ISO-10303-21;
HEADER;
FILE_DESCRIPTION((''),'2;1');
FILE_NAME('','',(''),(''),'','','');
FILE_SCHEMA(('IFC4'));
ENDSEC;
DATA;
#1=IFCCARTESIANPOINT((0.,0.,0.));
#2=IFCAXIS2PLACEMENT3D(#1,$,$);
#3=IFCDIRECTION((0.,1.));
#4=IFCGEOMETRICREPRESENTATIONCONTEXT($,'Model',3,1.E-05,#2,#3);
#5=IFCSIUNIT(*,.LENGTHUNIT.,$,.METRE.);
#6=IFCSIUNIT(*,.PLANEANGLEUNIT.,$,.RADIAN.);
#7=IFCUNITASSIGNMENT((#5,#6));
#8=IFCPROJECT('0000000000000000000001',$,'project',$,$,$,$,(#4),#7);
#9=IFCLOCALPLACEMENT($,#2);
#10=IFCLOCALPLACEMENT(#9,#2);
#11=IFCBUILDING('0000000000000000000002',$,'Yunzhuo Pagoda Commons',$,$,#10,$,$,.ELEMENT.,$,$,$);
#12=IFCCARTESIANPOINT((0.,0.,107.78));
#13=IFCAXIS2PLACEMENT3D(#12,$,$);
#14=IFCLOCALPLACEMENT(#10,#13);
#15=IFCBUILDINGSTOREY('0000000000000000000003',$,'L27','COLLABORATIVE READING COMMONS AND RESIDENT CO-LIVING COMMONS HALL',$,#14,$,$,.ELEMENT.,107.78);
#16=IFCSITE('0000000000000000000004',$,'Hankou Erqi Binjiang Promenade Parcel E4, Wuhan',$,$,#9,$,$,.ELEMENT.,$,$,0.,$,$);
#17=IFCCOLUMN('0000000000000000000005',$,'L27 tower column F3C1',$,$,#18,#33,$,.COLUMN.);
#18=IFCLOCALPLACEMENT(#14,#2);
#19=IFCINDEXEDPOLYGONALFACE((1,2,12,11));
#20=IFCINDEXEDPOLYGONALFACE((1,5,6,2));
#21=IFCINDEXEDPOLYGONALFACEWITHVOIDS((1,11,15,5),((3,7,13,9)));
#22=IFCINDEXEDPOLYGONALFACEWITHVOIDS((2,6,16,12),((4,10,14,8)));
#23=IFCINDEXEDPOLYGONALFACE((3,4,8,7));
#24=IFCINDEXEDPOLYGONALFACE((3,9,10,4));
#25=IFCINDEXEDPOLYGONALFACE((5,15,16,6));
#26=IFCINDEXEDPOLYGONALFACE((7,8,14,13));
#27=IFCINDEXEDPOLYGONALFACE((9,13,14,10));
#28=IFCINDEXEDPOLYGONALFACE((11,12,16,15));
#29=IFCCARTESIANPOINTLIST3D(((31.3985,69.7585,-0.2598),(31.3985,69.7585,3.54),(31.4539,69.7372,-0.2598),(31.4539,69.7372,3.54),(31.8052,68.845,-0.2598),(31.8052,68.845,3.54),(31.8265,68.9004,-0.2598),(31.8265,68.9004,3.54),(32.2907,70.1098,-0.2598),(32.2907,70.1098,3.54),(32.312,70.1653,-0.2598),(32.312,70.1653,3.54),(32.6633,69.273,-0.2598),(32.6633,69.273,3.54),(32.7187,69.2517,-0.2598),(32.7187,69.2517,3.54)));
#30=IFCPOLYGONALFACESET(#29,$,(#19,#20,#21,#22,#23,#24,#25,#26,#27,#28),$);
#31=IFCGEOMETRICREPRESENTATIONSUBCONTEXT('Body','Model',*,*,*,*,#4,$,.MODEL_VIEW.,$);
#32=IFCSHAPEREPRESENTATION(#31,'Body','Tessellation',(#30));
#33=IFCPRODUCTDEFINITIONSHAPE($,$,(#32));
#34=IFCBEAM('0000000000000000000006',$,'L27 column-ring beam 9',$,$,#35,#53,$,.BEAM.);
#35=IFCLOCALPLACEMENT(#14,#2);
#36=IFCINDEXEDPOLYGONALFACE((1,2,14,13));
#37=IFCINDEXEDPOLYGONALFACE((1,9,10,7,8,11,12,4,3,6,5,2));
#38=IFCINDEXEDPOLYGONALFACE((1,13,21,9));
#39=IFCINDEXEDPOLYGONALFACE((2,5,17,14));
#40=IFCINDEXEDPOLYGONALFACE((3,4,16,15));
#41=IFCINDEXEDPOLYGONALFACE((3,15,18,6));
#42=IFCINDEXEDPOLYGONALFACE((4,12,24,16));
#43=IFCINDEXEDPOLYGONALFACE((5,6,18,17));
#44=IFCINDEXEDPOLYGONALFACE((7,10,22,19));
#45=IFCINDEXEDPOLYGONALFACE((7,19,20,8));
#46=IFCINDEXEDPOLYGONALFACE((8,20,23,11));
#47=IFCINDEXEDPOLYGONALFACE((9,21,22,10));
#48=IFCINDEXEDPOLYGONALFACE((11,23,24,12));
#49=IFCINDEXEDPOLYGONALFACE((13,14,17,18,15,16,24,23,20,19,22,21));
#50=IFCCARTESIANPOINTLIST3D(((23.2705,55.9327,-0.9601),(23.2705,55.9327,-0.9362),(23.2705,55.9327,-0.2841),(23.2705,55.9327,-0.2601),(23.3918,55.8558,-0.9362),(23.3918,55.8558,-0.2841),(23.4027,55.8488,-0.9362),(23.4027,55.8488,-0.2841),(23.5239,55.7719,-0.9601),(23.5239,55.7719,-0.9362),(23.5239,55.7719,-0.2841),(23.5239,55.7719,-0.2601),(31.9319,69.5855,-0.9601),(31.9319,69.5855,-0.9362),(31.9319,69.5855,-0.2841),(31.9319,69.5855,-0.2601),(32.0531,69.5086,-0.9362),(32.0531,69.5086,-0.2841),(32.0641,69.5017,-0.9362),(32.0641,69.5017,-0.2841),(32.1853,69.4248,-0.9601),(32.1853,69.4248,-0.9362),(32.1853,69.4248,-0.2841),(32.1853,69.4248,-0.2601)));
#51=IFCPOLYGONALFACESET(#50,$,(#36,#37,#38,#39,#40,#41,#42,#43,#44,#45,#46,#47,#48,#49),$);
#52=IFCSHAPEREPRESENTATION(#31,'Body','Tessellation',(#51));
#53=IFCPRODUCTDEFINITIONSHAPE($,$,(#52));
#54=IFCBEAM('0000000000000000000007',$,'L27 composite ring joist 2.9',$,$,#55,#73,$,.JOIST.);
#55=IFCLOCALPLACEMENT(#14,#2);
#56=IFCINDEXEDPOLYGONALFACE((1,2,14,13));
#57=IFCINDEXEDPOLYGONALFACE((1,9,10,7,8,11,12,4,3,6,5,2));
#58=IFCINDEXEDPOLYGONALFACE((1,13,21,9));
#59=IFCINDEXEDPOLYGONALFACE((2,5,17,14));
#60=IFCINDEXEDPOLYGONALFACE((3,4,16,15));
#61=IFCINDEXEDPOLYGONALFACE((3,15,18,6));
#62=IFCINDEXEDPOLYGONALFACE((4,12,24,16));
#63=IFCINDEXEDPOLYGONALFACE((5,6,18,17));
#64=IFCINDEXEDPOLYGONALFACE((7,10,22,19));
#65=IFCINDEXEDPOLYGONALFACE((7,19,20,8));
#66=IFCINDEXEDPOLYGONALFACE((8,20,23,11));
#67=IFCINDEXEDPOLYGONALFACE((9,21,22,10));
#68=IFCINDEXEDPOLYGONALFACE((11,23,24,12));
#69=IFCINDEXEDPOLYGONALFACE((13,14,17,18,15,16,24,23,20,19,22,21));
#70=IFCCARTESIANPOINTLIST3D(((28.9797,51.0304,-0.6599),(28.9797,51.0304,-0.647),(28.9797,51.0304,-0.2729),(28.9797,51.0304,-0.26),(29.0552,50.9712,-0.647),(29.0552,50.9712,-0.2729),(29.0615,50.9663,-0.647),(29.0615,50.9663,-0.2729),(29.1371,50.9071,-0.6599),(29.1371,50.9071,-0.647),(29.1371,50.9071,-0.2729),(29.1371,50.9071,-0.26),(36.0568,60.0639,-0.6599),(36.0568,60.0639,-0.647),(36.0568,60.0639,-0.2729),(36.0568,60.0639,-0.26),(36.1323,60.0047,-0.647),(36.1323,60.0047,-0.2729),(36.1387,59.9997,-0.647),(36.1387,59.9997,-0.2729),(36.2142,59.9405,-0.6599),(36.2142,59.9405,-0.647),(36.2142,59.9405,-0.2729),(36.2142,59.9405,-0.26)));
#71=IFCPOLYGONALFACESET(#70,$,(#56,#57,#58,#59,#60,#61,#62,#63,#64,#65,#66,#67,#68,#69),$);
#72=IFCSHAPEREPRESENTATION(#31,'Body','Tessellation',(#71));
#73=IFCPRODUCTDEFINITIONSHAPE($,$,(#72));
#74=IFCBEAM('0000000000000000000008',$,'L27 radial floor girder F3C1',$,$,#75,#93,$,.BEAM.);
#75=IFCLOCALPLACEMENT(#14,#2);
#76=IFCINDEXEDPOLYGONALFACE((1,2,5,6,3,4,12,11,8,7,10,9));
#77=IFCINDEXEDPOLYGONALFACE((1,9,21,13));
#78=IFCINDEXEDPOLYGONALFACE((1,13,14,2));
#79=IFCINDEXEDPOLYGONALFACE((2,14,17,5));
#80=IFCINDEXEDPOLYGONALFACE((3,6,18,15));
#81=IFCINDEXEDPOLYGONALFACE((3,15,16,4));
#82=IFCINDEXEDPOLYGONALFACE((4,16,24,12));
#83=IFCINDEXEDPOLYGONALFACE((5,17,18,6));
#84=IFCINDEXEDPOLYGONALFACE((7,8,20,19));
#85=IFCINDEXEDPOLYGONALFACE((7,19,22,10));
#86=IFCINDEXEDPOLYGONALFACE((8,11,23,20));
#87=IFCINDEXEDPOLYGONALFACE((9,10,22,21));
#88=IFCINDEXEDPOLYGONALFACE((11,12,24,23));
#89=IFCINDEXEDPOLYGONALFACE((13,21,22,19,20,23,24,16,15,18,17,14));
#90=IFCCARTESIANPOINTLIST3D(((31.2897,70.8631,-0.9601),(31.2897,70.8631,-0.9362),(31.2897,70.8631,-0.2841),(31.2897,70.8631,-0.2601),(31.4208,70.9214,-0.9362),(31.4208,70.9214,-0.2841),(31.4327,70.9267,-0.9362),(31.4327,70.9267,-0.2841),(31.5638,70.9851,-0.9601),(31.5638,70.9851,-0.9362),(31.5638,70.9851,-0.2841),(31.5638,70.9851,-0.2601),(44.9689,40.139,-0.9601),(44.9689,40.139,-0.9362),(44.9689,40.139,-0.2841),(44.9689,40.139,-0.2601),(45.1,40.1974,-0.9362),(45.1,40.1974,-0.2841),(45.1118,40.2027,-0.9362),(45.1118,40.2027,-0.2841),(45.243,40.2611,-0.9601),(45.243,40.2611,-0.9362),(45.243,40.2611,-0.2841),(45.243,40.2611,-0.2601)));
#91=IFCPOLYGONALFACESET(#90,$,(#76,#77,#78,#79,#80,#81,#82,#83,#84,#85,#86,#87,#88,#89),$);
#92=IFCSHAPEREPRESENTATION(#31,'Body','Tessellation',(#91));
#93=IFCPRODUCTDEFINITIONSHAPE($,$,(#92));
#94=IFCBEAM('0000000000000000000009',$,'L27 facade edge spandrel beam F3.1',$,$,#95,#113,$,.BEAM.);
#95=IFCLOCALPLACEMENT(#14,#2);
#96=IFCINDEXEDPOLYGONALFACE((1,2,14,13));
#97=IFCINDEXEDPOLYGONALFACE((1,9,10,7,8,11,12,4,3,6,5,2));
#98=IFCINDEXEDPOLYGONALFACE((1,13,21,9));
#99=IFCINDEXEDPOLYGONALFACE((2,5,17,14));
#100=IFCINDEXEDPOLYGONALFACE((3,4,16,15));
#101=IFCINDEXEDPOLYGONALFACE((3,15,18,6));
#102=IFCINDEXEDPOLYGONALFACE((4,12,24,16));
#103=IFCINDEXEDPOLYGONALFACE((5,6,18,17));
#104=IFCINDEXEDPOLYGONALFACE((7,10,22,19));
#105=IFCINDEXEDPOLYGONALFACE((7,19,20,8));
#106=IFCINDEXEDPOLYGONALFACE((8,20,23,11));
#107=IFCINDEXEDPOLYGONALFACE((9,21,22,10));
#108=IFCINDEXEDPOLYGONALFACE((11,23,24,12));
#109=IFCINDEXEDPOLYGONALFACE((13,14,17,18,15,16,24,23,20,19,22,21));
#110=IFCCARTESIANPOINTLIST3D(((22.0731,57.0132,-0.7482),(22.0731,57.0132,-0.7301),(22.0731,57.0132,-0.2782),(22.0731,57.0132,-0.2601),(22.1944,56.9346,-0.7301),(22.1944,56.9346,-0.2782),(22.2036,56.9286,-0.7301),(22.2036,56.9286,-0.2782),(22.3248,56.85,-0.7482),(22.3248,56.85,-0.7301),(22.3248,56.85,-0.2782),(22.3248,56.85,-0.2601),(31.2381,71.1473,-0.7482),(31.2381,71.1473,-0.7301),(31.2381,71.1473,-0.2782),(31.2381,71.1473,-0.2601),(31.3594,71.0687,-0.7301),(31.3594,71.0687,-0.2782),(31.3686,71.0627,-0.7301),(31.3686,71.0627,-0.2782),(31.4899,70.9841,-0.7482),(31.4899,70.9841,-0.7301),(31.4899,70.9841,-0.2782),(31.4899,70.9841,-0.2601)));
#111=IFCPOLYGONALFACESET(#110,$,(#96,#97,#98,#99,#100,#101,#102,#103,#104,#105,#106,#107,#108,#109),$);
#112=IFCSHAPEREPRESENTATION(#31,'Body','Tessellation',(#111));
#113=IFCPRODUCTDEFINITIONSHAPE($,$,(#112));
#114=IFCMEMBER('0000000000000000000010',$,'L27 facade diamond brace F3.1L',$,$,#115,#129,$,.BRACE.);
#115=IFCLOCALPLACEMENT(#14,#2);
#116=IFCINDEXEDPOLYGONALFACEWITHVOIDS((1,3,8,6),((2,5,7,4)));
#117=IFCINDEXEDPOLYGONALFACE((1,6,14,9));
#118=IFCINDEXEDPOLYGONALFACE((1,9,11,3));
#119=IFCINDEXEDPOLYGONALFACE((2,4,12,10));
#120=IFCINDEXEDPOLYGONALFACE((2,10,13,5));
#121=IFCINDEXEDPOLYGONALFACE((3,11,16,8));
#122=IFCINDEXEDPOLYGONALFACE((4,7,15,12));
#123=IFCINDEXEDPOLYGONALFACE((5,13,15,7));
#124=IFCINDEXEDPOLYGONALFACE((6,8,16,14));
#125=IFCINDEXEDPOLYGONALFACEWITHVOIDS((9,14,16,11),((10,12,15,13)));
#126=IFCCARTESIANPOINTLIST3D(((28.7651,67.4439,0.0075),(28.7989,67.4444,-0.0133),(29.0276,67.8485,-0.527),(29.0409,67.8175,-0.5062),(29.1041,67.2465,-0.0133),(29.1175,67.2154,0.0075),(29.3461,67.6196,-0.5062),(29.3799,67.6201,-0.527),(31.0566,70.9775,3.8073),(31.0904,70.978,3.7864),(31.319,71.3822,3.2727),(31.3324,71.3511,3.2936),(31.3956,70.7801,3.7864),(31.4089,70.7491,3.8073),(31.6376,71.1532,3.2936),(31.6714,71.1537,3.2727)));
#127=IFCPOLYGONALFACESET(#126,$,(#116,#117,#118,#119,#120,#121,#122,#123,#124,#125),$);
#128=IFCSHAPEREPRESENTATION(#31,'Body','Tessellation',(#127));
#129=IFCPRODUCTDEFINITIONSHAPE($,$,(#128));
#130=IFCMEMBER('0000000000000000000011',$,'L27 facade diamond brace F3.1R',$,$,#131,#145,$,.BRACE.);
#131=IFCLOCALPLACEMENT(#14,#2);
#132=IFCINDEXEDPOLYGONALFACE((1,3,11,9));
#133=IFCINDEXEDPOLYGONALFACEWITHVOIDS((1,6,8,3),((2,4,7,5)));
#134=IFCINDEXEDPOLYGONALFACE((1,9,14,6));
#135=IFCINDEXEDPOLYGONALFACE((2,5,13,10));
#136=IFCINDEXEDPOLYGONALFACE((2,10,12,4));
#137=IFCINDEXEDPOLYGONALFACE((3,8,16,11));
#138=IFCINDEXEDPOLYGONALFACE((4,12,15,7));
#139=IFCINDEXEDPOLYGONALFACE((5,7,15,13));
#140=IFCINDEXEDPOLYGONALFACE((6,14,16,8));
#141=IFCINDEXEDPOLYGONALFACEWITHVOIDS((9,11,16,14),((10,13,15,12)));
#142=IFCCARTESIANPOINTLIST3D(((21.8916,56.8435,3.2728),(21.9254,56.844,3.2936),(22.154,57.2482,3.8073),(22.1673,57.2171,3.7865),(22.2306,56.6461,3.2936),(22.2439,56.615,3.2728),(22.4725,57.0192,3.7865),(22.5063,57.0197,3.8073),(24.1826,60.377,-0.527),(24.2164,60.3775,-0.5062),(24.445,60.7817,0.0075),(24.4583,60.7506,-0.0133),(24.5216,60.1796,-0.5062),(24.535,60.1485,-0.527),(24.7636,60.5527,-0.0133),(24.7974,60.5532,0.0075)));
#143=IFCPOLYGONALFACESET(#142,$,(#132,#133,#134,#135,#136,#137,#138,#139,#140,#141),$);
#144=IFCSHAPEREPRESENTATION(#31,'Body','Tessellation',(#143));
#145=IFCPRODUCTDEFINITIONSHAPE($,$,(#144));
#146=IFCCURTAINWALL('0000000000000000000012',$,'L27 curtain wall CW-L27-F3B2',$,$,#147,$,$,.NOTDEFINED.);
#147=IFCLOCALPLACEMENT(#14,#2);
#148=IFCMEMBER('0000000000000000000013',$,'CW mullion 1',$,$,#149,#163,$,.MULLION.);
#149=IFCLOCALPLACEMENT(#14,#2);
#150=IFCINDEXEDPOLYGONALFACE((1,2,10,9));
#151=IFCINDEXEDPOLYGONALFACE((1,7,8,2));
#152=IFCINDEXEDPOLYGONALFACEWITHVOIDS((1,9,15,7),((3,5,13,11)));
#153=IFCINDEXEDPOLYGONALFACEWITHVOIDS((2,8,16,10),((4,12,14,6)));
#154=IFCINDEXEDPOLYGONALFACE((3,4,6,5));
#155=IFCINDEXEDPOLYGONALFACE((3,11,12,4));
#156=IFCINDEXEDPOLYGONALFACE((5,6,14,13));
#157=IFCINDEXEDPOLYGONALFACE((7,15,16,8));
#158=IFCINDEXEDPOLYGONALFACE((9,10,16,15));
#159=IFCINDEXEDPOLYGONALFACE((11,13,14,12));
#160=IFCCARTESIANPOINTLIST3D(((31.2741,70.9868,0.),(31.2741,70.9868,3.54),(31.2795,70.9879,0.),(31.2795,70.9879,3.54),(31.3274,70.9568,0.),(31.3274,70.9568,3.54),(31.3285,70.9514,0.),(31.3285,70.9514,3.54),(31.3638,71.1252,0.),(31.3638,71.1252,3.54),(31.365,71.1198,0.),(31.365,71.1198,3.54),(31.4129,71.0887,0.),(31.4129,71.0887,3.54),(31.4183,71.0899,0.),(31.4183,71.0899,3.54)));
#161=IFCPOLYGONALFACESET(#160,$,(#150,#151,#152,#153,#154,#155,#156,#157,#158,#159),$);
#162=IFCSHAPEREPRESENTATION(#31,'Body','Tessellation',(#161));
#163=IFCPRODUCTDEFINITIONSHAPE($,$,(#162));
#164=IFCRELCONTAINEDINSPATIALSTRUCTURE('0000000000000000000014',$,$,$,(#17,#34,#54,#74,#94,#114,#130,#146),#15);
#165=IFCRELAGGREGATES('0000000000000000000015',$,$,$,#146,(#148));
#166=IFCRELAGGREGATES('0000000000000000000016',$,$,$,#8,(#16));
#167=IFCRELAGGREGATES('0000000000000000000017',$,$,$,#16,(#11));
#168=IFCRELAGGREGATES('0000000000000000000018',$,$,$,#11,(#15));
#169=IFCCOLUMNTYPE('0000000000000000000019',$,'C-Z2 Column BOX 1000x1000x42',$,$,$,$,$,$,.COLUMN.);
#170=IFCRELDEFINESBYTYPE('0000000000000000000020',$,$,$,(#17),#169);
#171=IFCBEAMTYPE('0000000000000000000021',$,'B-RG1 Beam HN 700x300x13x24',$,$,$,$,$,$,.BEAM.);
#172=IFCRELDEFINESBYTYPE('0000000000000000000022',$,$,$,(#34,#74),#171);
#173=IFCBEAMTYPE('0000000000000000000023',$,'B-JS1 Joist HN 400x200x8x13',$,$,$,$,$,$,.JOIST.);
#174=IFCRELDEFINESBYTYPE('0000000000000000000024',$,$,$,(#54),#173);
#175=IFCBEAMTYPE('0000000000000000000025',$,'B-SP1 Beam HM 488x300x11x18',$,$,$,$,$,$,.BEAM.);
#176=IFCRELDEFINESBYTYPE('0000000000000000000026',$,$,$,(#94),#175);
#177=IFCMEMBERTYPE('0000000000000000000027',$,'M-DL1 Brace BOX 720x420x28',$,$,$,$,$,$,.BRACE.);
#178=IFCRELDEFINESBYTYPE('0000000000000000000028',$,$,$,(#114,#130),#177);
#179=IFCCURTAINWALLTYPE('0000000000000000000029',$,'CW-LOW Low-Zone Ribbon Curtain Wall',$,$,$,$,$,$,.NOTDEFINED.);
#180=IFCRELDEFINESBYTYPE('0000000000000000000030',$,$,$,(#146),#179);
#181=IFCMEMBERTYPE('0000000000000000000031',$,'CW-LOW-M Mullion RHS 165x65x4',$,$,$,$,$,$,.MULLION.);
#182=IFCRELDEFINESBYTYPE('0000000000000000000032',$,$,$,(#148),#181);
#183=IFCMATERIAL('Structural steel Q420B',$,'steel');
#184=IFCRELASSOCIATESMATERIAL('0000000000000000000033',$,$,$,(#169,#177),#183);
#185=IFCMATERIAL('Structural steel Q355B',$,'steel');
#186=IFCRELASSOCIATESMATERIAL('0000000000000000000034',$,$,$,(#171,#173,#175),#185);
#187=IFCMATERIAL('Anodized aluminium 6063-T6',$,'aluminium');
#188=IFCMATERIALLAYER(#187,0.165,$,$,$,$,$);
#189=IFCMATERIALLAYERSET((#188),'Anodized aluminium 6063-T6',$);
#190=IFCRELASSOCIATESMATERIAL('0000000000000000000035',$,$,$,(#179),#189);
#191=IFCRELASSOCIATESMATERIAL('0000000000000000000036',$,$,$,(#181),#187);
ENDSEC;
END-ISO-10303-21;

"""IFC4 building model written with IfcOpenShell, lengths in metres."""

from ifc_helpers import new_model, si_unit, direction, frame, origin, origin_2d, place, context, subcontext, project, spatial, hollow_rectangle, i_section, extrude, source, transform, mapped, material, layer, layer_set, material_profile, profile_set, type_object, element, aggregate, save


model = new_model("IFC4")

# Units and contexts
model_context = context("Model", 3, precision=1e-05, world=origin(), true_north=direction((0.0, 1.0)))
body_context = subcontext(model_context, "Body", "Model", "MODEL_VIEW")
ifc_project = project(units=[si_unit("LENGTHUNIT", "METRE"), si_unit("PLANEANGLEUNIT", "RADIAN")], contexts=[model_context])

# Site, building, storey
site_placement = place(None, origin())
site = spatial("IfcSite", under=ifc_project, at=site_placement, Name="Hankou Erqi Binjiang Promenade Parcel E4, Wuhan", CompositionType="ELEMENT", RefElevation=0.0)
building_placement = place(site_placement, origin())
building = spatial("IfcBuilding", under=site, at=building_placement, Name="Yunzhuo Pagoda Commons", CompositionType="ELEMENT")
storey_placement = place(building_placement, frame((0.0, 0.0, 107.78)))
storey = spatial("IfcBuildingStorey", under=building, at=storey_placement, Name="L27", Description="COLLABORATIVE READING COMMONS AND RESIDENT CO-LIVING COMMONS HALL", CompositionType="ELEMENT", Elevation=107.78)

# Column
ifc_material_1 = material(Name="Structural steel Q420B", Category="steel")
ifc_material_profile_1 = material_profile(ifc_material_1, hollow_rectangle(XDim=1.0, YDim=1.0, WallThickness=0.042, at=origin_2d()), Name="Structural steel Q420B")
ifc_profile_set_1 = profile_set([ifc_material_profile_1], Name="Structural steel Q420B")
column_type = type_object("IfcColumnType", Name="C-Z2 Column BOX 1000x1000x42", PredefinedType="COLUMN", material=ifc_profile_set_1)
shared_shape_1 = source(origin(), body_context, "Body", "SweptSolid", [
    extrude(hollow_rectangle(XDim=1.0, YDim=1.0, WallThickness=0.042, at=origin_2d()), origin(), (0.0, 0.0, 1.0), 3.7998),
])
column_placement = place(storey_placement, frame((32.0586, 69.5051, -0.2598), z_axis=(0.0, 0.0, 1.0), x_axis=(-0.913545, -0.406737, 0.0)))
element("IfcColumn", 1, at=column_placement, inside=storey, type_object=column_type, Name="L27 tower column F3C1", PredefinedType="COLUMN", context=body_context, shape_type="MappedRepresentation", body=[
    mapped(shared_shape_1, transform((0.0, 0.0, 0.0), scale=1.0)),
])

# Beams
ifc_material_2 = material(Name="Structural steel Q355B", Category="steel")
ifc_material_profile_2 = material_profile(ifc_material_2, i_section(OverallWidth=0.3, OverallDepth=0.7, WebThickness=0.0129, FlangeThickness=0.0239, at=origin_2d()), Name="Structural steel Q355B")
ifc_profile_set_2 = profile_set([ifc_material_profile_2], Name="Structural steel Q355B")
beam_type_1 = type_object("IfcBeamType", Name="B-RG1 Beam HN 700x300x13x24", PredefinedType="BEAM", material=ifc_profile_set_2)
shared_shape_2 = source(origin(), body_context, "Body", "SweptSolid", [
    extrude(i_section(OverallWidth=0.3, OverallDepth=0.7, WebThickness=0.0129, FlangeThickness=0.0239, at=origin_2d()), origin(), (0.0, 0.0, 1.0), 16.1685),
])
beam_1_placement = place(storey_placement, frame((32.0586, 69.5051, -0.6101), z_axis=(-0.535696, -0.844411, 0.0), x_axis=(0.844411, -0.535696, 0.0)))
element("IfcBeam", 2, at=beam_1_placement, inside=storey, type_object=beam_type_1, Name="L27 column-ring beam 9", PredefinedType="BEAM", context=body_context, shape_type="MappedRepresentation", body=[
    mapped(shared_shape_2, transform((0.0, 0.0, 0.0), scale=1.0)),
])
ifc_material_profile_3 = material_profile(ifc_material_2, i_section(OverallWidth=0.2, OverallDepth=0.3999, WebThickness=0.0081, FlangeThickness=0.0129, at=origin_2d()), Name="Structural steel Q355B")
ifc_profile_set_3 = profile_set([ifc_material_profile_3], Name="Structural steel Q355B")
beam_type_2 = type_object("IfcBeamType", Name="B-JS1 Joist HN 400x200x8x13", PredefinedType="JOIST", material=ifc_profile_set_3)
shared_shape_3 = source(origin(), body_context, "Body", "SweptSolid", [
    extrude(i_section(OverallWidth=0.2, OverallDepth=0.3999, WebThickness=0.0081, FlangeThickness=0.0129, at=origin_2d()), origin(), (0.0, 0.0, 1.0), 11.4756),
])
beam_2_placement = place(storey_placement, frame((36.1355, 60.0022, -0.46), z_axis=(-0.616713, -0.787188, 0.0), x_axis=(0.787188, -0.616713, 0.0)))
element("IfcBeam", 3, at=beam_2_placement, inside=storey, type_object=beam_type_2, Name="L27 composite ring joist 2.9", PredefinedType="JOIST", context=body_context, shape_type="MappedRepresentation", body=[
    mapped(shared_shape_3, transform((0.0, 0.0, 0.0), scale=1.0)),
])
shared_shape_4 = source(origin(), body_context, "Body", "SweptSolid", [
    extrude(i_section(OverallWidth=0.3, OverallDepth=0.7, WebThickness=0.0129, FlangeThickness=0.0239, at=origin_2d()), origin(), (0.0, 0.0, 1.0), 33.6316),
])
beam_3_placement = place(storey_placement, frame((31.4268, 70.9241, -0.6101), z_axis=(0.406735, -0.913546, 0.0), x_axis=(0.913546, 0.406735, 0.0)))
element("IfcBeam", 4, at=beam_3_placement, inside=storey, type_object=beam_type_1, Name="L27 radial floor girder F3C1", PredefinedType="BEAM", context=body_context, shape_type="MappedRepresentation", body=[
    mapped(shared_shape_4, transform((0.0, 0.0, 0.0), scale=1.0)),
])
ifc_material_profile_4 = material_profile(ifc_material_2, i_section(OverallWidth=0.3, OverallDepth=0.488, WebThickness=0.011, FlangeThickness=0.0181, at=origin_2d()), Name="Structural steel Q355B")
ifc_profile_set_4 = profile_set([ifc_material_profile_4], Name="Structural steel Q355B")
beam_type_3 = type_object("IfcBeamType", Name="B-SP1 Beam HM 488x300x11x18", PredefinedType="BEAM", material=ifc_profile_set_4)
shared_shape_5 = source(origin(), body_context, "Body", "SweptSolid", [
    extrude(i_section(OverallWidth=0.3, OverallDepth=0.488, WebThickness=0.011, FlangeThickness=0.0181, at=origin_2d()), origin(), (0.0, 0.0, 1.0), 16.8455),
])
beam_4_placement = place(storey_placement, frame((31.364, 71.0657, -0.5042), z_axis=(-0.544066, -0.839042, 0.0), x_axis=(0.839042, -0.544066, 0.0)))
element("IfcBeam", 5, at=beam_4_placement, inside=storey, type_object=beam_type_3, Name="L27 facade edge spandrel beam F3.1", PredefinedType="BEAM", context=body_context, shape_type="MappedRepresentation", body=[
    mapped(shared_shape_5, transform((0.0, 0.0, 0.0), scale=1.0)),
])

# Members
ifc_material_profile_5 = material_profile(ifc_material_1, hollow_rectangle(XDim=0.4199, YDim=0.72, WallThickness=0.0281, at=origin_2d()), Name="Structural steel Q420B")
ifc_profile_set_5 = profile_set([ifc_material_profile_5], Name="Structural steel Q420B")
member_type_1 = type_object("IfcMemberType", Name="M-DL1 Brace BOX 720x420x28", PredefinedType="BRACE", material=ifc_profile_set_5)
shared_shape_6 = source(origin(), body_context, "Body", "SweptSolid", [
    extrude(hollow_rectangle(XDim=0.4199, YDim=0.72, WallThickness=0.0281, at=origin_2d()), origin(), (0.0, 0.0, 1.0), 5.6724),
])
member_1_placement = place(storey_placement, frame((29.0725, 67.532, -0.2598), z_axis=(0.403972, 0.622959, 0.669872), x_axis=(-0.839029, 0.544087, 0.0)))
element("IfcMember", 6, at=member_1_placement, inside=storey, type_object=member_type_1, Name="L27 facade diamond brace F3.1L", PredefinedType="BRACE", context=body_context, shape_type="MappedRepresentation", body=[
    mapped(shared_shape_6, transform((0.0, 0.0, 0.0), scale=1.0)),
])
shared_shape_7 = source(origin(), body_context, "Body", "SweptSolid", [
    extrude(hollow_rectangle(XDim=0.4199, YDim=0.72, WallThickness=0.0281, at=origin_2d()), origin(), (0.0, 0.0, 1.0), 5.6721),
])
member_2_placement = place(storey_placement, frame((24.49, 60.4651, -0.2598), z_axis=(-0.403911, -0.622954, 0.669914), x_axis=(0.839064, -0.544032, 0.0)))
element("IfcMember", 7, at=member_2_placement, inside=storey, type_object=member_type_1, Name="L27 facade diamond brace F3.1R", PredefinedType="BRACE", context=body_context, shape_type="MappedRepresentation", body=[
    mapped(shared_shape_7, transform((0.0, 0.0, 0.0), scale=1.0)),
])

# Curtain wall, member
ifc_material_3 = material(Name="Anodized aluminium 6063-T6", Category="aluminium")
ifc_layer_1 = layer(ifc_material_3, 0.165)
ifc_layer_set_1 = layer_set([ifc_layer_1], Name="Anodized aluminium 6063-T6")
curtain_wall_type = type_object("IfcCurtainWallType", Name="CW-LOW Low-Zone Ribbon Curtain Wall", PredefinedType="NOTDEFINED", material=ifc_layer_set_1)
curtain_wall_1_placement = place(storey_placement, origin())
curtain_wall_1 = element("IfcCurtainWall", 8, at=curtain_wall_1_placement, inside=storey, type_object=curtain_wall_type, Name="L27 curtain wall CW-L27-F3B2", PredefinedType="NOTDEFINED")
ifc_material_profile_6 = material_profile(ifc_material_3, hollow_rectangle(XDim=0.0649, YDim=0.165, WallThickness=0.0039, at=origin_2d()), Name="Anodized aluminium 6063-T6")
ifc_profile_set_6 = profile_set([ifc_material_profile_6], Name="Anodized aluminium 6063-T6")
member_type_2 = type_object("IfcMemberType", Name="CW-LOW-M Mullion RHS 165x65x4", PredefinedType="MULLION", material=ifc_profile_set_6)
shared_shape_8 = source(origin(), body_context, "Body", "SweptSolid", [
    extrude(hollow_rectangle(XDim=0.0649, YDim=0.165, WallThickness=0.0039, at=origin_2d()), origin(), (0.0, 0.0, 1.0), 3.54),
])
member_3_placement = place(storey_placement, frame((31.3462, 71.0383, 0.0), z_axis=(0.0, 0.0, 1.0), x_axis=(0.83904, -0.54407, 0.0)))
member_3 = element("IfcMember", 9, at=member_3_placement, type_object=member_type_2, Name="CW mullion 1", PredefinedType="MULLION", context=body_context, shape_type="MappedRepresentation", body=[
    mapped(shared_shape_8, transform((0.0, 0.0, 0.0), scale=1.0)),
])

aggregate(curtain_wall_1, [member_3])

save(model, "model.ifc")
